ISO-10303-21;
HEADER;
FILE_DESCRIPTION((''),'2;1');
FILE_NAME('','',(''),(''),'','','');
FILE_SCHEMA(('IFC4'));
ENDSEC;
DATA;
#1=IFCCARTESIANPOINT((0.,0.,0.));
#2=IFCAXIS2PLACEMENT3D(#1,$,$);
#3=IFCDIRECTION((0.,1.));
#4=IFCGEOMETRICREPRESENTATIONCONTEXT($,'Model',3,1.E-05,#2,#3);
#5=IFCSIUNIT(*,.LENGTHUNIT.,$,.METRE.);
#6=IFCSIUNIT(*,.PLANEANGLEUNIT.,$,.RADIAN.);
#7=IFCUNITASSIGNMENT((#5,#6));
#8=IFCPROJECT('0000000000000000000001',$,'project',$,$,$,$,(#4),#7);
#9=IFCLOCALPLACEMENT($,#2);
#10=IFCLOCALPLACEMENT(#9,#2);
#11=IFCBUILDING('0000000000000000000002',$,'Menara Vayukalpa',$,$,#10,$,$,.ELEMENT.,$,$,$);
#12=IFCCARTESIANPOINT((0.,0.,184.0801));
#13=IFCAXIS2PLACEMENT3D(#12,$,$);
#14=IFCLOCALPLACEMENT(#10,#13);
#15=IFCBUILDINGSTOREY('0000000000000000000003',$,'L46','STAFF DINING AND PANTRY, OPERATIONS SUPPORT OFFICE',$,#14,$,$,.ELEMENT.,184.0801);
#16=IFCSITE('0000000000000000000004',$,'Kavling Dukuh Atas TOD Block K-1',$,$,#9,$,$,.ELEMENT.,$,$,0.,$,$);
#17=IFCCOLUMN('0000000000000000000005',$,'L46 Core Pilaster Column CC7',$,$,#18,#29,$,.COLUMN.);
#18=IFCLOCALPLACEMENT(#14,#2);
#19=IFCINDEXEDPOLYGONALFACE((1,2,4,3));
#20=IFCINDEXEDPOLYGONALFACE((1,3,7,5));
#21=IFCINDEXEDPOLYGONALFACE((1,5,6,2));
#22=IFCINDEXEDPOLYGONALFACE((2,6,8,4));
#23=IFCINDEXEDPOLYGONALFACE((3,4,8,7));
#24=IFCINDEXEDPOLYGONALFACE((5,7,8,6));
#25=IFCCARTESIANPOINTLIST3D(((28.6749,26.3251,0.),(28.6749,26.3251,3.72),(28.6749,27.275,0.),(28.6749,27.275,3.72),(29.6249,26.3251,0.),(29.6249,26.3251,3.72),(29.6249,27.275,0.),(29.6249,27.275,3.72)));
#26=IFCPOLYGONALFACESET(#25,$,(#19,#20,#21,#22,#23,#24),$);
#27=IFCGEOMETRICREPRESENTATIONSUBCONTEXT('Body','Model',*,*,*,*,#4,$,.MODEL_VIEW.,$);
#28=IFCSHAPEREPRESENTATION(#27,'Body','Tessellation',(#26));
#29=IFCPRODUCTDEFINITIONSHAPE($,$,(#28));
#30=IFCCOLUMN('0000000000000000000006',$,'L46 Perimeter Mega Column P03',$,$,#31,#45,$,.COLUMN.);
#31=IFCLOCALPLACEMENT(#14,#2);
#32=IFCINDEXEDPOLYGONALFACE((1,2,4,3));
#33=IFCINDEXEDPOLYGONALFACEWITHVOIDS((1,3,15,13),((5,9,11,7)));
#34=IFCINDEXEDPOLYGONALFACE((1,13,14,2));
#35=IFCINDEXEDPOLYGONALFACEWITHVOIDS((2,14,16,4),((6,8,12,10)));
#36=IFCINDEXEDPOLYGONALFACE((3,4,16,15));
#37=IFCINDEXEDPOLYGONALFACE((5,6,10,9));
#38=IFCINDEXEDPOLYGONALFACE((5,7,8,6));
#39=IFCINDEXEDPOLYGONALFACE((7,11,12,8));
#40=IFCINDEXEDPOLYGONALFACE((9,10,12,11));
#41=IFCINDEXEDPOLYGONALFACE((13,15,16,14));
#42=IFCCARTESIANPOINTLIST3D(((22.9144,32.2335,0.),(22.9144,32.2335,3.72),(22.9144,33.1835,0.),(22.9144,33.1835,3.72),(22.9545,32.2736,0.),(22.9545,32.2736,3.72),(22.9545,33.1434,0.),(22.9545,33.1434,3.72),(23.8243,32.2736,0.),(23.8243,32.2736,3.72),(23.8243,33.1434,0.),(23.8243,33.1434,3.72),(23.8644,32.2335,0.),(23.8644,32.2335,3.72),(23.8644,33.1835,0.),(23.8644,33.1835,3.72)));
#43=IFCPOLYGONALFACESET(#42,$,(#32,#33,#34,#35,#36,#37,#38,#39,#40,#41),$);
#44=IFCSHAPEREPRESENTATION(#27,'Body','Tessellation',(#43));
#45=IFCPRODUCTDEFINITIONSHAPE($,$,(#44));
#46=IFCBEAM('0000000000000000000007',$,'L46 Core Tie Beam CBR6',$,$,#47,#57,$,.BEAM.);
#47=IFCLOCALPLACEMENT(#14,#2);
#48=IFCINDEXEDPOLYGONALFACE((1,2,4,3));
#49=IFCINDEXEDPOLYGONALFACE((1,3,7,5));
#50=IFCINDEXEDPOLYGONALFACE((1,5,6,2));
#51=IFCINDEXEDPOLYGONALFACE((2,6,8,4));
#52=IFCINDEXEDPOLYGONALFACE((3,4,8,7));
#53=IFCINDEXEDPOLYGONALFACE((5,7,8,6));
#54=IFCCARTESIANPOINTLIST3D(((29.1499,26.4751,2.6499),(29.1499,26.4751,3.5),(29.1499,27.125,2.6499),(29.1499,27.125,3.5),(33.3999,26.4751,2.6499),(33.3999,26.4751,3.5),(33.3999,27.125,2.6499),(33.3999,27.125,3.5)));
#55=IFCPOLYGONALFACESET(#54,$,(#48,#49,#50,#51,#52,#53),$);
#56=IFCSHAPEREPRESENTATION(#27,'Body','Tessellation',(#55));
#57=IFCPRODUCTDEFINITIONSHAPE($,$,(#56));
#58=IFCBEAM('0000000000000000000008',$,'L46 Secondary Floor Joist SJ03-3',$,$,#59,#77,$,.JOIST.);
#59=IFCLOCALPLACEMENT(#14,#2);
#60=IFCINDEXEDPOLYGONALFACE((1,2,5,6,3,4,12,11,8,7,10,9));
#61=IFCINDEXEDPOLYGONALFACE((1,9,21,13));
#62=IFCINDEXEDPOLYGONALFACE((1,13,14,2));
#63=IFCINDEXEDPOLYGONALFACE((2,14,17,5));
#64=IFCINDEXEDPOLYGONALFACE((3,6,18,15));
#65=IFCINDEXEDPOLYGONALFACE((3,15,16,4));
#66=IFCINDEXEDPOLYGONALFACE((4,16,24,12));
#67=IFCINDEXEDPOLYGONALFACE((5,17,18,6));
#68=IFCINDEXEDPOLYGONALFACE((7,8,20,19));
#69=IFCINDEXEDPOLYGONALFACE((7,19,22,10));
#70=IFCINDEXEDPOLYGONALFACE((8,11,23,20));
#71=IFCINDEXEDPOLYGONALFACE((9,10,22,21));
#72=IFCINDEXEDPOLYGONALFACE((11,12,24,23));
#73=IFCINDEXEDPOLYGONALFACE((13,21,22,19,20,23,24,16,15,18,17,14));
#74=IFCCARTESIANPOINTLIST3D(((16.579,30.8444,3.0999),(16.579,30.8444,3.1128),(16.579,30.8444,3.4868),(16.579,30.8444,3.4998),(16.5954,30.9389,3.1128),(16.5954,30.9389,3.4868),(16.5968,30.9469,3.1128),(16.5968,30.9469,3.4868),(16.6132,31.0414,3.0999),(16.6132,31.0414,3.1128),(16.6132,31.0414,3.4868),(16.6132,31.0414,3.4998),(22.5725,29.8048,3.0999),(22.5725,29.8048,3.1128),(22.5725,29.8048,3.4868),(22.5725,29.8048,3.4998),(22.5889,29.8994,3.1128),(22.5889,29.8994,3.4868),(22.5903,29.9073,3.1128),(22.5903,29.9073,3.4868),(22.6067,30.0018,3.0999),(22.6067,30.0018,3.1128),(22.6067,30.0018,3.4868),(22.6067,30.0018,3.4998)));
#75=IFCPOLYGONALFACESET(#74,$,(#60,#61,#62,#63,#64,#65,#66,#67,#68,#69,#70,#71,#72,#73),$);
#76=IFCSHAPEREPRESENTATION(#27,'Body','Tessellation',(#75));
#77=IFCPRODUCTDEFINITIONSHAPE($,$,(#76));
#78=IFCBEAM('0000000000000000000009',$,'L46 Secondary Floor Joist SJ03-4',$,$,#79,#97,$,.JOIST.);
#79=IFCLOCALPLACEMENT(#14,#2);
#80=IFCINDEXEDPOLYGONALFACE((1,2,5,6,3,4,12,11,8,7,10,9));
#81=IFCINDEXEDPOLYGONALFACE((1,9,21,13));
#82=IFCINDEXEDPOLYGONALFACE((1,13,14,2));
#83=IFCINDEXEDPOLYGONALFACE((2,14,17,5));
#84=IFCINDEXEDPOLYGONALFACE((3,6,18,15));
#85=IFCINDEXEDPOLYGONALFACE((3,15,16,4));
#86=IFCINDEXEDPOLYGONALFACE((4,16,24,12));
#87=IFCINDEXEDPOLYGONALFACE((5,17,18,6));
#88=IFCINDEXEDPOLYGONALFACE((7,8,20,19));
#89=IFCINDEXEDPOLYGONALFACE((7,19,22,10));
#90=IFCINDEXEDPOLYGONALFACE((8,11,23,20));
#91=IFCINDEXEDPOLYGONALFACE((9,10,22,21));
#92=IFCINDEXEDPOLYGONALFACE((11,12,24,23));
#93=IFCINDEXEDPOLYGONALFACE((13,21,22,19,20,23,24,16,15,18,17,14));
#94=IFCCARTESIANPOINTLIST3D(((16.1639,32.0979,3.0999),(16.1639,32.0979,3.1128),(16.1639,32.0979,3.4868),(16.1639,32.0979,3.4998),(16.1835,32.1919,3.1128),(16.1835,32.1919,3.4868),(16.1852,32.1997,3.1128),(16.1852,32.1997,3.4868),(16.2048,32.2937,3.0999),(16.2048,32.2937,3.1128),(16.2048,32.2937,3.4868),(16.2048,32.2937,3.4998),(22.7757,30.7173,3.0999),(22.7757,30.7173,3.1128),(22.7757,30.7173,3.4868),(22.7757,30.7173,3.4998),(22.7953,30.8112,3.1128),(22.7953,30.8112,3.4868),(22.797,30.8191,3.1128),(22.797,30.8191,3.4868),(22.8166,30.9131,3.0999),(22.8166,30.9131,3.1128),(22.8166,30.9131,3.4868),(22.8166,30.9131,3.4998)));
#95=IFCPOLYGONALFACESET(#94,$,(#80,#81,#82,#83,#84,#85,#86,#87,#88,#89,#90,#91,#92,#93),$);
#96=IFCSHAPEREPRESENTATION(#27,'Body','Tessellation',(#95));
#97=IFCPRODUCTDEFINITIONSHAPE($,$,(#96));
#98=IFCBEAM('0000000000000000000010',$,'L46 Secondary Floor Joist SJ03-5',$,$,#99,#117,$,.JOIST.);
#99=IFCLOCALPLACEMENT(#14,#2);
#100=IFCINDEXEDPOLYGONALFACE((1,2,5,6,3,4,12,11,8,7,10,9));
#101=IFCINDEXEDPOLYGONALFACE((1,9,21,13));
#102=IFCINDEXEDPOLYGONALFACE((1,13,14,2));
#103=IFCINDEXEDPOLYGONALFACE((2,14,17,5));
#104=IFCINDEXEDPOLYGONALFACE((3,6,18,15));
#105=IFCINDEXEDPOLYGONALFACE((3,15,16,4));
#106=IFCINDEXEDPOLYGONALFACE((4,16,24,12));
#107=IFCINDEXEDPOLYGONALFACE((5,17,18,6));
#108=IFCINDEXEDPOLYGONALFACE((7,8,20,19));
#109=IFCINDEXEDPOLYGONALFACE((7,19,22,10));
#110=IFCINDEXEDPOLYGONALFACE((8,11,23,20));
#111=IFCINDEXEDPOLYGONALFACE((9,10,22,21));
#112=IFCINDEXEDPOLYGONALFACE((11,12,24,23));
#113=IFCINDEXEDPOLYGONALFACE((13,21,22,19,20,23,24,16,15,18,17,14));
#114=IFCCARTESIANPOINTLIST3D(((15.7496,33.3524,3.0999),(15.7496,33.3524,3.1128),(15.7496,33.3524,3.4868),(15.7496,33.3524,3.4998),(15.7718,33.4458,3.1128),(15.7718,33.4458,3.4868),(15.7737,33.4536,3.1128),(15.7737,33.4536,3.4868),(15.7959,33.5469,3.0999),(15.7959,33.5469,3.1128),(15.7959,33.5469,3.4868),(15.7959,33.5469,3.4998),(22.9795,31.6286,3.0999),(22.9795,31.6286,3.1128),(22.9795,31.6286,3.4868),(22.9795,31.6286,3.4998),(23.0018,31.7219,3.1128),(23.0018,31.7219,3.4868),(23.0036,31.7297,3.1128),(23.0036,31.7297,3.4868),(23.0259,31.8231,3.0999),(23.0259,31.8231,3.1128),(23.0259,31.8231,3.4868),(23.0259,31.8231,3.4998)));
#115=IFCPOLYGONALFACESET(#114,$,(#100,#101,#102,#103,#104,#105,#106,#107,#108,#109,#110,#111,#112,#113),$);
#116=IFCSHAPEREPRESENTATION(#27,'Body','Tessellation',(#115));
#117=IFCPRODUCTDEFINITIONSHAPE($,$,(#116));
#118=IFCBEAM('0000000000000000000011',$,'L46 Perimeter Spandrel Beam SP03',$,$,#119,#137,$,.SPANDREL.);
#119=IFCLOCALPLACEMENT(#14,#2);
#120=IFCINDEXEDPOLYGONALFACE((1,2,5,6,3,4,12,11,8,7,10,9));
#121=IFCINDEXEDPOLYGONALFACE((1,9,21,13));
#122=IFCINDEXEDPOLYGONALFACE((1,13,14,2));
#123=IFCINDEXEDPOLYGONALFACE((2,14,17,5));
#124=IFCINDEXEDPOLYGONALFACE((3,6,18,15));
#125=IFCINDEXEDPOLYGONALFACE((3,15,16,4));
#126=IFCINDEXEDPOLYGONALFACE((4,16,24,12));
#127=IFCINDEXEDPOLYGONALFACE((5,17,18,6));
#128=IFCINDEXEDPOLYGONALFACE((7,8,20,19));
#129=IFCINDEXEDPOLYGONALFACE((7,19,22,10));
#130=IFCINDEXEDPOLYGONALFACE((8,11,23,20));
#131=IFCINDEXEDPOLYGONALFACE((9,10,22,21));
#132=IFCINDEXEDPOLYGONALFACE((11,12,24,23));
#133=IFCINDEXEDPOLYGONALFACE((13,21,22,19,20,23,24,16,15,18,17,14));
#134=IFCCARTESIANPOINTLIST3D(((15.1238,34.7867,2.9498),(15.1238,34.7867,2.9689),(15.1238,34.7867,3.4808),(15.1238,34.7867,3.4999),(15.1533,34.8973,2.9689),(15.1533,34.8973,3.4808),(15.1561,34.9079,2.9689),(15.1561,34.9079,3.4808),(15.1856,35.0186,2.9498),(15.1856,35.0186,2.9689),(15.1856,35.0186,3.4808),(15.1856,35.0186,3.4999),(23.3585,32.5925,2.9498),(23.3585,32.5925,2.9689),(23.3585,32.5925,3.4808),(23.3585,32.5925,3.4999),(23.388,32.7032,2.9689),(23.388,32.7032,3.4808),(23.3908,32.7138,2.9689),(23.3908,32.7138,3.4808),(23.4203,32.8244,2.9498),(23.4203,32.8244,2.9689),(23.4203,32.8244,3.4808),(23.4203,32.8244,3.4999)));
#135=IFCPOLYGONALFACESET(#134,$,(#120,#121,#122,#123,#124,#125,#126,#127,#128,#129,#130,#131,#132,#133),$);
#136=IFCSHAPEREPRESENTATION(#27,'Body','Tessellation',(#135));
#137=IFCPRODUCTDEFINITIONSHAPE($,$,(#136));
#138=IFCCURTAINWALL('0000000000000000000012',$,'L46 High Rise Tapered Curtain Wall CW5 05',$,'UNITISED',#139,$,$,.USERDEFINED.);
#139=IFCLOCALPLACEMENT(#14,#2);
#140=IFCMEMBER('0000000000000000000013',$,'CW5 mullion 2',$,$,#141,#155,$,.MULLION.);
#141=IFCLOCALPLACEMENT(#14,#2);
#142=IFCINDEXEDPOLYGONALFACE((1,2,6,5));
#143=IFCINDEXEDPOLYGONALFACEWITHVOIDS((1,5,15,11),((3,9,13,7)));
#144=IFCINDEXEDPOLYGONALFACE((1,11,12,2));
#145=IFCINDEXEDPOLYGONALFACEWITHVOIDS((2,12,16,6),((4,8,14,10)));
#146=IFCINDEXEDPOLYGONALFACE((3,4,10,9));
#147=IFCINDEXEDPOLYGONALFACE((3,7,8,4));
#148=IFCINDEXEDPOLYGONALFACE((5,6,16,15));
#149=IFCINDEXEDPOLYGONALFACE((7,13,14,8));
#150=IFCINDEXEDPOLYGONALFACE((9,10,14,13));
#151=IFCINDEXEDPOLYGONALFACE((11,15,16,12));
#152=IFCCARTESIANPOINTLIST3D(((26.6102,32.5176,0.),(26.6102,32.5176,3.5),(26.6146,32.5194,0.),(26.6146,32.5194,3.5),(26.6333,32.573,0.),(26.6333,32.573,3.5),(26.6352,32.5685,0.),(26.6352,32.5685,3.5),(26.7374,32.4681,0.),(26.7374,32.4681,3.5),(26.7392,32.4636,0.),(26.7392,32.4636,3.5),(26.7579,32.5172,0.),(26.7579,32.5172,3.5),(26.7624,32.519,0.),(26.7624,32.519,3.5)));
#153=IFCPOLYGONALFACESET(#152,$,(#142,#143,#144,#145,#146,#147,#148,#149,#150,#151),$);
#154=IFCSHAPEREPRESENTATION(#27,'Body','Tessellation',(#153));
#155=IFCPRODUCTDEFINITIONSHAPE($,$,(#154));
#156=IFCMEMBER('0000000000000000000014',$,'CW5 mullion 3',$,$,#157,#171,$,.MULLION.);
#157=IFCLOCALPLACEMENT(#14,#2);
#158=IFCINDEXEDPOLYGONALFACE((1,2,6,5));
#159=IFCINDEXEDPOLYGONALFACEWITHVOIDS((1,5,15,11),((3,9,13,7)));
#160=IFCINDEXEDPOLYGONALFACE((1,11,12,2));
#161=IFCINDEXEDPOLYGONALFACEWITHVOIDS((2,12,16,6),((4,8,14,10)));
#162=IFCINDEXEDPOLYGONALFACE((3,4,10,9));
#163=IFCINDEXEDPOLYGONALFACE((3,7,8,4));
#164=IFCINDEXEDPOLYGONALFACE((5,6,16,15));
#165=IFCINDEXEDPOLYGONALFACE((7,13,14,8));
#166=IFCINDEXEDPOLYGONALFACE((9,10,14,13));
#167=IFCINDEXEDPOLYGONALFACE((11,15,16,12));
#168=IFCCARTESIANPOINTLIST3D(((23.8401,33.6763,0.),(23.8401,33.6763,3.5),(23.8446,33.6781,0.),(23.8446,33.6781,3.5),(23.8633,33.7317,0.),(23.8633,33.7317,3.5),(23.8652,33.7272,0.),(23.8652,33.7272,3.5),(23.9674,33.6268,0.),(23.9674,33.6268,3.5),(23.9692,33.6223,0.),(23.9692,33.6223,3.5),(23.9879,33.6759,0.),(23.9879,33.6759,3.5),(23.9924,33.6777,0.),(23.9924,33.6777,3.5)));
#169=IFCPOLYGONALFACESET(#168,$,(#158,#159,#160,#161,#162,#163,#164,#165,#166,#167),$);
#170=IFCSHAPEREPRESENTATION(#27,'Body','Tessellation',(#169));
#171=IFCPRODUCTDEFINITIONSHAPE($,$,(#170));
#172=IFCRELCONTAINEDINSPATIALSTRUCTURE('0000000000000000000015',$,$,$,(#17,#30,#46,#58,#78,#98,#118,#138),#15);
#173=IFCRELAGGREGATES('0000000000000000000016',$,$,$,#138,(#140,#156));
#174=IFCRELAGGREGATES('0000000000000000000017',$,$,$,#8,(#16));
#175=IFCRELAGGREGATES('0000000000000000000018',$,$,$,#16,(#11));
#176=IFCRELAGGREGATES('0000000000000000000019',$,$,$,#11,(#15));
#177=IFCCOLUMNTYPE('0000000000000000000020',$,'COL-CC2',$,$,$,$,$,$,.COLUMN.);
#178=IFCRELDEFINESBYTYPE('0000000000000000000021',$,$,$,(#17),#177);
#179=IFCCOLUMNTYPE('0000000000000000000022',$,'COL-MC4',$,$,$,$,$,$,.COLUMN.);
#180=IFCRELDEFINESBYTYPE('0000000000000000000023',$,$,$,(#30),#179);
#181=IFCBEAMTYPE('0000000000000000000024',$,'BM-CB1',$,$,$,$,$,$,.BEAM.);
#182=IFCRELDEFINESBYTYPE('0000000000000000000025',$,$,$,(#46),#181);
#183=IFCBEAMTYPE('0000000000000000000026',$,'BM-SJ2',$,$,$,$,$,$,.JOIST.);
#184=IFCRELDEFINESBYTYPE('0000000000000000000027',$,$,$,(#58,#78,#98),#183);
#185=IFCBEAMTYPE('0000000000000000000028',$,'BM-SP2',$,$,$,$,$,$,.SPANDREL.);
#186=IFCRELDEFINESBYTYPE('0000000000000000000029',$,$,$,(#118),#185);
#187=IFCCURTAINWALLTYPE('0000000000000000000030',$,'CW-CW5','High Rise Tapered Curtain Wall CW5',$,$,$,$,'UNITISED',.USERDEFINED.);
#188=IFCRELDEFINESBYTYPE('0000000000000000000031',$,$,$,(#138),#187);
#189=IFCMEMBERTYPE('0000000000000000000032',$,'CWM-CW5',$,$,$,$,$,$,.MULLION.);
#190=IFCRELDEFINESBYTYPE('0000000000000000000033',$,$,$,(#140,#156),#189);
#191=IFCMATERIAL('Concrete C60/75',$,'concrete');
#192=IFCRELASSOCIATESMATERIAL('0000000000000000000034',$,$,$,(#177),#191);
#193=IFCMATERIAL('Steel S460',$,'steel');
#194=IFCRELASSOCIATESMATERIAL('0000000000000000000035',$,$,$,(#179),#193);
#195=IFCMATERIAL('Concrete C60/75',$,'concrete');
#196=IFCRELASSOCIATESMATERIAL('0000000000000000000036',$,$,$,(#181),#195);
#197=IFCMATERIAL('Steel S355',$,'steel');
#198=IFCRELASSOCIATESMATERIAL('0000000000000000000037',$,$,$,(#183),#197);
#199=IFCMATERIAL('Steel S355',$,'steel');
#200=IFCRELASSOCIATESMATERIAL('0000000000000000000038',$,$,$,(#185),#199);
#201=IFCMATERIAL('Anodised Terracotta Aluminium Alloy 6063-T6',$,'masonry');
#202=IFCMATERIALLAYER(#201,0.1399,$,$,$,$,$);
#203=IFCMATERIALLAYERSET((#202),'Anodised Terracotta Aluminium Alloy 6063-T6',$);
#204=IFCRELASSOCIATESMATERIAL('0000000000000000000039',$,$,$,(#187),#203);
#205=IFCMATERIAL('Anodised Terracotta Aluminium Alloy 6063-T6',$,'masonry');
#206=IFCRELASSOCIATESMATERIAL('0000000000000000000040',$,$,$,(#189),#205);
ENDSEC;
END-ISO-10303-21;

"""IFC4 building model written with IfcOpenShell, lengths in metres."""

from ifc_helpers import new_model, si_unit, direction, frame, origin, origin_2d, place, context, subcontext, project, spatial, rectangle, hollow_rectangle, i_section, extrude, material, layer, layer_set, material_profile, profile_set, type_object, element, aggregate, save


model = new_model("IFC4")

# Units and contexts
model_context = context("Model", 3, precision=1e-05, world=origin(), true_north=direction((0.0, 1.0)))
body_context = subcontext(model_context, "Body", "Model", "MODEL_VIEW")
ifc_project = project(units=[si_unit("LENGTHUNIT", "METRE"), si_unit("PLANEANGLEUNIT", "RADIAN")], contexts=[model_context])

# Site, building, storey
site_placement = place(None, origin())
site = spatial("IfcSite", under=ifc_project, at=site_placement, Name="Kavling Dukuh Atas TOD Block K-1", CompositionType="ELEMENT", RefElevation=0.0)
building_placement = place(site_placement, origin())
building = spatial("IfcBuilding", under=site, at=building_placement, Name="Menara Vayukalpa", CompositionType="ELEMENT")
storey_placement = place(building_placement, frame((0.0, 0.0, 184.0801)))
storey = spatial("IfcBuildingStorey", under=building, at=storey_placement, Name="L46", Description="STAFF DINING AND PANTRY, OPERATIONS SUPPORT OFFICE", CompositionType="ELEMENT", Elevation=184.0801)

# Columns
ifc_material_1 = material(Name="Concrete C60/75", Category="concrete")
ifc_material_profile_1 = material_profile(ifc_material_1, rectangle(XDim=0.95, YDim=0.95, at=origin_2d()), Name="RC 950x950")
ifc_profile_set_1 = profile_set([ifc_material_profile_1], Name="Concrete C60/75")
column_type_1 = type_object("IfcColumnType", Name="COL-CC2", PredefinedType="COLUMN", material=ifc_profile_set_1)
column_1_placement = place(storey_placement, frame((29.1499, 26.8, 0.0), z_axis=(0.0, 0.0, 1.0), x_axis=(1.0, 0.0, 0.0)))
element("IfcColumn", 1, at=column_1_placement, inside=storey, type_object=column_type_1, Name="L46 Core Pilaster Column CC7", PredefinedType="COLUMN", context=body_context, shape_type="SweptSolid", body=[
    extrude(rectangle(XDim=0.95, YDim=0.95, at=origin_2d()), origin(), (0.0, 0.0, 1.0), 3.72),
])
ifc_material_2 = material(Name="Steel S460", Category="steel")
ifc_material_profile_2 = material_profile(ifc_material_2, hollow_rectangle(XDim=0.95, YDim=0.95, WallThickness=0.04, at=origin_2d()), Name="BOX 950x950x40")
ifc_profile_set_2 = profile_set([ifc_material_profile_2], Name="Steel S460")
column_type_2 = type_object("IfcColumnType", Name="COL-MC4", PredefinedType="COLUMN", material=ifc_profile_set_2)
column_2_placement = place(storey_placement, frame((23.3894, 32.7085, 0.0), z_axis=(0.0, 0.0, 1.0), x_axis=(1.0, 0.0, 0.0)))
element("IfcColumn", 2, at=column_2_placement, inside=storey, type_object=column_type_2, Name="L46 Perimeter Mega Column P03", PredefinedType="COLUMN", context=body_context, shape_type="SweptSolid", body=[
    extrude(hollow_rectangle(XDim=0.95, YDim=0.95, WallThickness=0.04, at=origin_2d()), origin(), (0.0, 0.0, 1.0), 3.72),
])

# Beams
ifc_material_3 = material(Name="Concrete C60/75", Category="concrete")
ifc_material_profile_3 = material_profile(ifc_material_3, rectangle(XDim=0.6499, YDim=0.8501, at=origin_2d()), Name="RC 650x850")
ifc_profile_set_3 = profile_set([ifc_material_profile_3], Name="Concrete C60/75")
beam_type_1 = type_object("IfcBeamType", Name="BM-CB1", PredefinedType="BEAM", material=ifc_profile_set_3)
beam_1_placement = place(storey_placement, frame((29.1499, 26.8, 3.075), z_axis=(1.0, 0.0, 0.0), x_axis=(0.0, 1.0, 0.0)))
element("IfcBeam", 3, at=beam_1_placement, inside=storey, type_object=beam_type_1, Name="L46 Core Tie Beam CBR6", PredefinedType="BEAM", context=body_context, shape_type="SweptSolid", body=[
    extrude(rectangle(XDim=0.6499, YDim=0.8501, at=origin_2d()), origin(), (0.0, 0.0, 1.0), 4.25),
])
ifc_material_4 = material(Name="Steel S355", Category="steel")
ifc_material_profile_4 = material_profile(ifc_material_4, i_section(OverallWidth=0.2, OverallDepth=0.3999, WebThickness=0.0081, FlangeThickness=0.0129, at=origin_2d()), Name="WF 400x200x8x13")
ifc_profile_set_4 = profile_set([ifc_material_profile_4], Name="Steel S355")
beam_type_2 = type_object("IfcBeamType", Name="BM-SJ2", PredefinedType="JOIST", material=ifc_profile_set_4)
beam_2_placement = place(storey_placement, frame((22.5896, 29.9033, 3.2998), z_axis=(-0.985289, 0.170897, 0.0), x_axis=(-0.170897, -0.985289, 0.0)))
element("IfcBeam", 4, at=beam_2_placement, inside=storey, type_object=beam_type_2, Name="L46 Secondary Floor Joist SJ03-3", PredefinedType="JOIST", context=body_context, shape_type="SweptSolid", body=[
    extrude(i_section(OverallWidth=0.2, OverallDepth=0.3999, WebThickness=0.0081, FlangeThickness=0.0129, at=origin_2d()), origin(), (0.0, 0.0, 1.0), 6.083),
])
beam_3_placement = place(storey_placement, frame((22.7961, 30.8152, 3.2998), z_axis=(-0.978887, 0.204402, 0.0), x_axis=(-0.204402, -0.978887, 0.0)))
element("IfcBeam", 5, at=beam_3_placement, inside=storey, type_object=beam_type_2, Name="L46 Secondary Floor Joist SJ03-4", PredefinedType="JOIST", context=body_context, shape_type="SweptSolid", body=[
    extrude(i_section(OverallWidth=0.2, OverallDepth=0.3999, WebThickness=0.0081, FlangeThickness=0.0129, at=origin_2d()), origin(), (0.0, 0.0, 1.0), 6.7544),
])
beam_4_placement = place(storey_placement, frame((23.0027, 31.7258, 3.2998), z_axis=(-0.972732, 0.231933, 0.0), x_axis=(-0.231933, -0.972732, 0.0)))
element("IfcBeam", 6, at=beam_4_placement, inside=storey, type_object=beam_type_2, Name="L46 Secondary Floor Joist SJ03-5", PredefinedType="JOIST", context=body_context, shape_type="SweptSolid", body=[
    extrude(i_section(OverallWidth=0.2, OverallDepth=0.3999, WebThickness=0.0081, FlangeThickness=0.0129, at=origin_2d()), origin(), (0.0, 0.0, 1.0), 7.4326),
])
ifc_material_5 = material(Name="Steel S355", Category="steel")
ifc_material_profile_5 = material_profile(ifc_material_5, i_section(OverallWidth=0.24, OverallDepth=0.55, WebThickness=0.011, FlangeThickness=0.019, at=origin_2d()), Name="WF 550x240x11x19")
ifc_profile_set_5 = profile_set([ifc_material_profile_5], Name="Steel S355")
beam_type_3 = type_object("IfcBeamType", Name="BM-SP2", PredefinedType="SPANDREL", material=ifc_profile_set_5)
beam_5_placement = place(storey_placement, frame((23.3894, 32.7085, 3.2249), z_axis=(-0.966288, 0.257465, 0.0), x_axis=(-0.257465, -0.966288, 0.0)))
element("IfcBeam", 7, at=beam_5_placement, inside=storey, type_object=beam_type_3, Name="L46 Perimeter Spandrel Beam SP03", PredefinedType="SPANDREL", context=body_context, shape_type="SweptSolid", body=[
    extrude(i_section(OverallWidth=0.24, OverallDepth=0.55, WebThickness=0.011, FlangeThickness=0.019, at=origin_2d()), origin(), (0.0, 0.0, 1.0), 8.522),
])

# Curtain wall, members
ifc_material_6 = material(Name="Anodised Terracotta Aluminium Alloy 6063-T6", Category="masonry")
ifc_layer_1 = layer(ifc_material_6, 0.1399)
ifc_layer_set_1 = layer_set([ifc_layer_1], Name="Anodised Terracotta Aluminium Alloy 6063-T6")
curtain_wall_type = type_object("IfcCurtainWallType", Name="CW-CW5", Description="High Rise Tapered Curtain Wall CW5", ElementType="UNITISED", PredefinedType="USERDEFINED", material=ifc_layer_set_1)
curtain_wall_placement = place(storey_placement, origin())
curtain_wall = element("IfcCurtainWall", 8, at=curtain_wall_placement, inside=storey, type_object=curtain_wall_type, Name="L46 High Rise Tapered Curtain Wall CW5 05", ObjectType="UNITISED", PredefinedType="USERDEFINED")
ifc_material_7 = material(Name="Anodised Terracotta Aluminium Alloy 6063-T6", Category="masonry")
ifc_material_profile_6 = material_profile(ifc_material_7, hollow_rectangle(XDim=0.0601, YDim=0.1399, WallThickness=0.0034, at=origin_2d()), Name="ALU 60x140x3.5")
ifc_profile_set_6 = profile_set([ifc_material_profile_6], Name="Anodised Terracotta Aluminium Alloy 6063-T6")
member_type_1 = type_object("IfcMemberType", Name="CWM-CW5", PredefinedType="MULLION", material=ifc_profile_set_6)
member_1_placement = place(storey_placement, frame((26.6863, 32.5183, 0.0), z_axis=(0.0, 0.0, 1.0), x_axis=(-0.385903, -0.922539, 0.0)))
member_1 = element("IfcMember", 9, at=member_1_placement, type_object=member_type_1, Name="CW5 mullion 2", PredefinedType="MULLION", context=body_context, shape_type="SweptSolid", body=[
    extrude(hollow_rectangle(XDim=0.0601, YDim=0.1399, WallThickness=0.0034, at=origin_2d()), origin(), (0.0, 0.0, 1.0), 3.5),
])
member_2_placement = place(storey_placement, frame((23.9163, 33.677, 0.0), z_axis=(0.0, 0.0, 1.0), x_axis=(-0.385903, -0.922539, 0.0)))
member_2 = element("IfcMember", 10, at=member_2_placement, type_object=member_type_1, Name="CW5 mullion 3", PredefinedType="MULLION", context=body_context, shape_type="SweptSolid", body=[
    extrude(hollow_rectangle(XDim=0.0601, YDim=0.1399, WallThickness=0.0034, at=origin_2d()), origin(), (0.0, 0.0, 1.0), 3.5),
])
aggregate(curtain_wall, [member_1, member_2])

save(model, "model.ifc")
